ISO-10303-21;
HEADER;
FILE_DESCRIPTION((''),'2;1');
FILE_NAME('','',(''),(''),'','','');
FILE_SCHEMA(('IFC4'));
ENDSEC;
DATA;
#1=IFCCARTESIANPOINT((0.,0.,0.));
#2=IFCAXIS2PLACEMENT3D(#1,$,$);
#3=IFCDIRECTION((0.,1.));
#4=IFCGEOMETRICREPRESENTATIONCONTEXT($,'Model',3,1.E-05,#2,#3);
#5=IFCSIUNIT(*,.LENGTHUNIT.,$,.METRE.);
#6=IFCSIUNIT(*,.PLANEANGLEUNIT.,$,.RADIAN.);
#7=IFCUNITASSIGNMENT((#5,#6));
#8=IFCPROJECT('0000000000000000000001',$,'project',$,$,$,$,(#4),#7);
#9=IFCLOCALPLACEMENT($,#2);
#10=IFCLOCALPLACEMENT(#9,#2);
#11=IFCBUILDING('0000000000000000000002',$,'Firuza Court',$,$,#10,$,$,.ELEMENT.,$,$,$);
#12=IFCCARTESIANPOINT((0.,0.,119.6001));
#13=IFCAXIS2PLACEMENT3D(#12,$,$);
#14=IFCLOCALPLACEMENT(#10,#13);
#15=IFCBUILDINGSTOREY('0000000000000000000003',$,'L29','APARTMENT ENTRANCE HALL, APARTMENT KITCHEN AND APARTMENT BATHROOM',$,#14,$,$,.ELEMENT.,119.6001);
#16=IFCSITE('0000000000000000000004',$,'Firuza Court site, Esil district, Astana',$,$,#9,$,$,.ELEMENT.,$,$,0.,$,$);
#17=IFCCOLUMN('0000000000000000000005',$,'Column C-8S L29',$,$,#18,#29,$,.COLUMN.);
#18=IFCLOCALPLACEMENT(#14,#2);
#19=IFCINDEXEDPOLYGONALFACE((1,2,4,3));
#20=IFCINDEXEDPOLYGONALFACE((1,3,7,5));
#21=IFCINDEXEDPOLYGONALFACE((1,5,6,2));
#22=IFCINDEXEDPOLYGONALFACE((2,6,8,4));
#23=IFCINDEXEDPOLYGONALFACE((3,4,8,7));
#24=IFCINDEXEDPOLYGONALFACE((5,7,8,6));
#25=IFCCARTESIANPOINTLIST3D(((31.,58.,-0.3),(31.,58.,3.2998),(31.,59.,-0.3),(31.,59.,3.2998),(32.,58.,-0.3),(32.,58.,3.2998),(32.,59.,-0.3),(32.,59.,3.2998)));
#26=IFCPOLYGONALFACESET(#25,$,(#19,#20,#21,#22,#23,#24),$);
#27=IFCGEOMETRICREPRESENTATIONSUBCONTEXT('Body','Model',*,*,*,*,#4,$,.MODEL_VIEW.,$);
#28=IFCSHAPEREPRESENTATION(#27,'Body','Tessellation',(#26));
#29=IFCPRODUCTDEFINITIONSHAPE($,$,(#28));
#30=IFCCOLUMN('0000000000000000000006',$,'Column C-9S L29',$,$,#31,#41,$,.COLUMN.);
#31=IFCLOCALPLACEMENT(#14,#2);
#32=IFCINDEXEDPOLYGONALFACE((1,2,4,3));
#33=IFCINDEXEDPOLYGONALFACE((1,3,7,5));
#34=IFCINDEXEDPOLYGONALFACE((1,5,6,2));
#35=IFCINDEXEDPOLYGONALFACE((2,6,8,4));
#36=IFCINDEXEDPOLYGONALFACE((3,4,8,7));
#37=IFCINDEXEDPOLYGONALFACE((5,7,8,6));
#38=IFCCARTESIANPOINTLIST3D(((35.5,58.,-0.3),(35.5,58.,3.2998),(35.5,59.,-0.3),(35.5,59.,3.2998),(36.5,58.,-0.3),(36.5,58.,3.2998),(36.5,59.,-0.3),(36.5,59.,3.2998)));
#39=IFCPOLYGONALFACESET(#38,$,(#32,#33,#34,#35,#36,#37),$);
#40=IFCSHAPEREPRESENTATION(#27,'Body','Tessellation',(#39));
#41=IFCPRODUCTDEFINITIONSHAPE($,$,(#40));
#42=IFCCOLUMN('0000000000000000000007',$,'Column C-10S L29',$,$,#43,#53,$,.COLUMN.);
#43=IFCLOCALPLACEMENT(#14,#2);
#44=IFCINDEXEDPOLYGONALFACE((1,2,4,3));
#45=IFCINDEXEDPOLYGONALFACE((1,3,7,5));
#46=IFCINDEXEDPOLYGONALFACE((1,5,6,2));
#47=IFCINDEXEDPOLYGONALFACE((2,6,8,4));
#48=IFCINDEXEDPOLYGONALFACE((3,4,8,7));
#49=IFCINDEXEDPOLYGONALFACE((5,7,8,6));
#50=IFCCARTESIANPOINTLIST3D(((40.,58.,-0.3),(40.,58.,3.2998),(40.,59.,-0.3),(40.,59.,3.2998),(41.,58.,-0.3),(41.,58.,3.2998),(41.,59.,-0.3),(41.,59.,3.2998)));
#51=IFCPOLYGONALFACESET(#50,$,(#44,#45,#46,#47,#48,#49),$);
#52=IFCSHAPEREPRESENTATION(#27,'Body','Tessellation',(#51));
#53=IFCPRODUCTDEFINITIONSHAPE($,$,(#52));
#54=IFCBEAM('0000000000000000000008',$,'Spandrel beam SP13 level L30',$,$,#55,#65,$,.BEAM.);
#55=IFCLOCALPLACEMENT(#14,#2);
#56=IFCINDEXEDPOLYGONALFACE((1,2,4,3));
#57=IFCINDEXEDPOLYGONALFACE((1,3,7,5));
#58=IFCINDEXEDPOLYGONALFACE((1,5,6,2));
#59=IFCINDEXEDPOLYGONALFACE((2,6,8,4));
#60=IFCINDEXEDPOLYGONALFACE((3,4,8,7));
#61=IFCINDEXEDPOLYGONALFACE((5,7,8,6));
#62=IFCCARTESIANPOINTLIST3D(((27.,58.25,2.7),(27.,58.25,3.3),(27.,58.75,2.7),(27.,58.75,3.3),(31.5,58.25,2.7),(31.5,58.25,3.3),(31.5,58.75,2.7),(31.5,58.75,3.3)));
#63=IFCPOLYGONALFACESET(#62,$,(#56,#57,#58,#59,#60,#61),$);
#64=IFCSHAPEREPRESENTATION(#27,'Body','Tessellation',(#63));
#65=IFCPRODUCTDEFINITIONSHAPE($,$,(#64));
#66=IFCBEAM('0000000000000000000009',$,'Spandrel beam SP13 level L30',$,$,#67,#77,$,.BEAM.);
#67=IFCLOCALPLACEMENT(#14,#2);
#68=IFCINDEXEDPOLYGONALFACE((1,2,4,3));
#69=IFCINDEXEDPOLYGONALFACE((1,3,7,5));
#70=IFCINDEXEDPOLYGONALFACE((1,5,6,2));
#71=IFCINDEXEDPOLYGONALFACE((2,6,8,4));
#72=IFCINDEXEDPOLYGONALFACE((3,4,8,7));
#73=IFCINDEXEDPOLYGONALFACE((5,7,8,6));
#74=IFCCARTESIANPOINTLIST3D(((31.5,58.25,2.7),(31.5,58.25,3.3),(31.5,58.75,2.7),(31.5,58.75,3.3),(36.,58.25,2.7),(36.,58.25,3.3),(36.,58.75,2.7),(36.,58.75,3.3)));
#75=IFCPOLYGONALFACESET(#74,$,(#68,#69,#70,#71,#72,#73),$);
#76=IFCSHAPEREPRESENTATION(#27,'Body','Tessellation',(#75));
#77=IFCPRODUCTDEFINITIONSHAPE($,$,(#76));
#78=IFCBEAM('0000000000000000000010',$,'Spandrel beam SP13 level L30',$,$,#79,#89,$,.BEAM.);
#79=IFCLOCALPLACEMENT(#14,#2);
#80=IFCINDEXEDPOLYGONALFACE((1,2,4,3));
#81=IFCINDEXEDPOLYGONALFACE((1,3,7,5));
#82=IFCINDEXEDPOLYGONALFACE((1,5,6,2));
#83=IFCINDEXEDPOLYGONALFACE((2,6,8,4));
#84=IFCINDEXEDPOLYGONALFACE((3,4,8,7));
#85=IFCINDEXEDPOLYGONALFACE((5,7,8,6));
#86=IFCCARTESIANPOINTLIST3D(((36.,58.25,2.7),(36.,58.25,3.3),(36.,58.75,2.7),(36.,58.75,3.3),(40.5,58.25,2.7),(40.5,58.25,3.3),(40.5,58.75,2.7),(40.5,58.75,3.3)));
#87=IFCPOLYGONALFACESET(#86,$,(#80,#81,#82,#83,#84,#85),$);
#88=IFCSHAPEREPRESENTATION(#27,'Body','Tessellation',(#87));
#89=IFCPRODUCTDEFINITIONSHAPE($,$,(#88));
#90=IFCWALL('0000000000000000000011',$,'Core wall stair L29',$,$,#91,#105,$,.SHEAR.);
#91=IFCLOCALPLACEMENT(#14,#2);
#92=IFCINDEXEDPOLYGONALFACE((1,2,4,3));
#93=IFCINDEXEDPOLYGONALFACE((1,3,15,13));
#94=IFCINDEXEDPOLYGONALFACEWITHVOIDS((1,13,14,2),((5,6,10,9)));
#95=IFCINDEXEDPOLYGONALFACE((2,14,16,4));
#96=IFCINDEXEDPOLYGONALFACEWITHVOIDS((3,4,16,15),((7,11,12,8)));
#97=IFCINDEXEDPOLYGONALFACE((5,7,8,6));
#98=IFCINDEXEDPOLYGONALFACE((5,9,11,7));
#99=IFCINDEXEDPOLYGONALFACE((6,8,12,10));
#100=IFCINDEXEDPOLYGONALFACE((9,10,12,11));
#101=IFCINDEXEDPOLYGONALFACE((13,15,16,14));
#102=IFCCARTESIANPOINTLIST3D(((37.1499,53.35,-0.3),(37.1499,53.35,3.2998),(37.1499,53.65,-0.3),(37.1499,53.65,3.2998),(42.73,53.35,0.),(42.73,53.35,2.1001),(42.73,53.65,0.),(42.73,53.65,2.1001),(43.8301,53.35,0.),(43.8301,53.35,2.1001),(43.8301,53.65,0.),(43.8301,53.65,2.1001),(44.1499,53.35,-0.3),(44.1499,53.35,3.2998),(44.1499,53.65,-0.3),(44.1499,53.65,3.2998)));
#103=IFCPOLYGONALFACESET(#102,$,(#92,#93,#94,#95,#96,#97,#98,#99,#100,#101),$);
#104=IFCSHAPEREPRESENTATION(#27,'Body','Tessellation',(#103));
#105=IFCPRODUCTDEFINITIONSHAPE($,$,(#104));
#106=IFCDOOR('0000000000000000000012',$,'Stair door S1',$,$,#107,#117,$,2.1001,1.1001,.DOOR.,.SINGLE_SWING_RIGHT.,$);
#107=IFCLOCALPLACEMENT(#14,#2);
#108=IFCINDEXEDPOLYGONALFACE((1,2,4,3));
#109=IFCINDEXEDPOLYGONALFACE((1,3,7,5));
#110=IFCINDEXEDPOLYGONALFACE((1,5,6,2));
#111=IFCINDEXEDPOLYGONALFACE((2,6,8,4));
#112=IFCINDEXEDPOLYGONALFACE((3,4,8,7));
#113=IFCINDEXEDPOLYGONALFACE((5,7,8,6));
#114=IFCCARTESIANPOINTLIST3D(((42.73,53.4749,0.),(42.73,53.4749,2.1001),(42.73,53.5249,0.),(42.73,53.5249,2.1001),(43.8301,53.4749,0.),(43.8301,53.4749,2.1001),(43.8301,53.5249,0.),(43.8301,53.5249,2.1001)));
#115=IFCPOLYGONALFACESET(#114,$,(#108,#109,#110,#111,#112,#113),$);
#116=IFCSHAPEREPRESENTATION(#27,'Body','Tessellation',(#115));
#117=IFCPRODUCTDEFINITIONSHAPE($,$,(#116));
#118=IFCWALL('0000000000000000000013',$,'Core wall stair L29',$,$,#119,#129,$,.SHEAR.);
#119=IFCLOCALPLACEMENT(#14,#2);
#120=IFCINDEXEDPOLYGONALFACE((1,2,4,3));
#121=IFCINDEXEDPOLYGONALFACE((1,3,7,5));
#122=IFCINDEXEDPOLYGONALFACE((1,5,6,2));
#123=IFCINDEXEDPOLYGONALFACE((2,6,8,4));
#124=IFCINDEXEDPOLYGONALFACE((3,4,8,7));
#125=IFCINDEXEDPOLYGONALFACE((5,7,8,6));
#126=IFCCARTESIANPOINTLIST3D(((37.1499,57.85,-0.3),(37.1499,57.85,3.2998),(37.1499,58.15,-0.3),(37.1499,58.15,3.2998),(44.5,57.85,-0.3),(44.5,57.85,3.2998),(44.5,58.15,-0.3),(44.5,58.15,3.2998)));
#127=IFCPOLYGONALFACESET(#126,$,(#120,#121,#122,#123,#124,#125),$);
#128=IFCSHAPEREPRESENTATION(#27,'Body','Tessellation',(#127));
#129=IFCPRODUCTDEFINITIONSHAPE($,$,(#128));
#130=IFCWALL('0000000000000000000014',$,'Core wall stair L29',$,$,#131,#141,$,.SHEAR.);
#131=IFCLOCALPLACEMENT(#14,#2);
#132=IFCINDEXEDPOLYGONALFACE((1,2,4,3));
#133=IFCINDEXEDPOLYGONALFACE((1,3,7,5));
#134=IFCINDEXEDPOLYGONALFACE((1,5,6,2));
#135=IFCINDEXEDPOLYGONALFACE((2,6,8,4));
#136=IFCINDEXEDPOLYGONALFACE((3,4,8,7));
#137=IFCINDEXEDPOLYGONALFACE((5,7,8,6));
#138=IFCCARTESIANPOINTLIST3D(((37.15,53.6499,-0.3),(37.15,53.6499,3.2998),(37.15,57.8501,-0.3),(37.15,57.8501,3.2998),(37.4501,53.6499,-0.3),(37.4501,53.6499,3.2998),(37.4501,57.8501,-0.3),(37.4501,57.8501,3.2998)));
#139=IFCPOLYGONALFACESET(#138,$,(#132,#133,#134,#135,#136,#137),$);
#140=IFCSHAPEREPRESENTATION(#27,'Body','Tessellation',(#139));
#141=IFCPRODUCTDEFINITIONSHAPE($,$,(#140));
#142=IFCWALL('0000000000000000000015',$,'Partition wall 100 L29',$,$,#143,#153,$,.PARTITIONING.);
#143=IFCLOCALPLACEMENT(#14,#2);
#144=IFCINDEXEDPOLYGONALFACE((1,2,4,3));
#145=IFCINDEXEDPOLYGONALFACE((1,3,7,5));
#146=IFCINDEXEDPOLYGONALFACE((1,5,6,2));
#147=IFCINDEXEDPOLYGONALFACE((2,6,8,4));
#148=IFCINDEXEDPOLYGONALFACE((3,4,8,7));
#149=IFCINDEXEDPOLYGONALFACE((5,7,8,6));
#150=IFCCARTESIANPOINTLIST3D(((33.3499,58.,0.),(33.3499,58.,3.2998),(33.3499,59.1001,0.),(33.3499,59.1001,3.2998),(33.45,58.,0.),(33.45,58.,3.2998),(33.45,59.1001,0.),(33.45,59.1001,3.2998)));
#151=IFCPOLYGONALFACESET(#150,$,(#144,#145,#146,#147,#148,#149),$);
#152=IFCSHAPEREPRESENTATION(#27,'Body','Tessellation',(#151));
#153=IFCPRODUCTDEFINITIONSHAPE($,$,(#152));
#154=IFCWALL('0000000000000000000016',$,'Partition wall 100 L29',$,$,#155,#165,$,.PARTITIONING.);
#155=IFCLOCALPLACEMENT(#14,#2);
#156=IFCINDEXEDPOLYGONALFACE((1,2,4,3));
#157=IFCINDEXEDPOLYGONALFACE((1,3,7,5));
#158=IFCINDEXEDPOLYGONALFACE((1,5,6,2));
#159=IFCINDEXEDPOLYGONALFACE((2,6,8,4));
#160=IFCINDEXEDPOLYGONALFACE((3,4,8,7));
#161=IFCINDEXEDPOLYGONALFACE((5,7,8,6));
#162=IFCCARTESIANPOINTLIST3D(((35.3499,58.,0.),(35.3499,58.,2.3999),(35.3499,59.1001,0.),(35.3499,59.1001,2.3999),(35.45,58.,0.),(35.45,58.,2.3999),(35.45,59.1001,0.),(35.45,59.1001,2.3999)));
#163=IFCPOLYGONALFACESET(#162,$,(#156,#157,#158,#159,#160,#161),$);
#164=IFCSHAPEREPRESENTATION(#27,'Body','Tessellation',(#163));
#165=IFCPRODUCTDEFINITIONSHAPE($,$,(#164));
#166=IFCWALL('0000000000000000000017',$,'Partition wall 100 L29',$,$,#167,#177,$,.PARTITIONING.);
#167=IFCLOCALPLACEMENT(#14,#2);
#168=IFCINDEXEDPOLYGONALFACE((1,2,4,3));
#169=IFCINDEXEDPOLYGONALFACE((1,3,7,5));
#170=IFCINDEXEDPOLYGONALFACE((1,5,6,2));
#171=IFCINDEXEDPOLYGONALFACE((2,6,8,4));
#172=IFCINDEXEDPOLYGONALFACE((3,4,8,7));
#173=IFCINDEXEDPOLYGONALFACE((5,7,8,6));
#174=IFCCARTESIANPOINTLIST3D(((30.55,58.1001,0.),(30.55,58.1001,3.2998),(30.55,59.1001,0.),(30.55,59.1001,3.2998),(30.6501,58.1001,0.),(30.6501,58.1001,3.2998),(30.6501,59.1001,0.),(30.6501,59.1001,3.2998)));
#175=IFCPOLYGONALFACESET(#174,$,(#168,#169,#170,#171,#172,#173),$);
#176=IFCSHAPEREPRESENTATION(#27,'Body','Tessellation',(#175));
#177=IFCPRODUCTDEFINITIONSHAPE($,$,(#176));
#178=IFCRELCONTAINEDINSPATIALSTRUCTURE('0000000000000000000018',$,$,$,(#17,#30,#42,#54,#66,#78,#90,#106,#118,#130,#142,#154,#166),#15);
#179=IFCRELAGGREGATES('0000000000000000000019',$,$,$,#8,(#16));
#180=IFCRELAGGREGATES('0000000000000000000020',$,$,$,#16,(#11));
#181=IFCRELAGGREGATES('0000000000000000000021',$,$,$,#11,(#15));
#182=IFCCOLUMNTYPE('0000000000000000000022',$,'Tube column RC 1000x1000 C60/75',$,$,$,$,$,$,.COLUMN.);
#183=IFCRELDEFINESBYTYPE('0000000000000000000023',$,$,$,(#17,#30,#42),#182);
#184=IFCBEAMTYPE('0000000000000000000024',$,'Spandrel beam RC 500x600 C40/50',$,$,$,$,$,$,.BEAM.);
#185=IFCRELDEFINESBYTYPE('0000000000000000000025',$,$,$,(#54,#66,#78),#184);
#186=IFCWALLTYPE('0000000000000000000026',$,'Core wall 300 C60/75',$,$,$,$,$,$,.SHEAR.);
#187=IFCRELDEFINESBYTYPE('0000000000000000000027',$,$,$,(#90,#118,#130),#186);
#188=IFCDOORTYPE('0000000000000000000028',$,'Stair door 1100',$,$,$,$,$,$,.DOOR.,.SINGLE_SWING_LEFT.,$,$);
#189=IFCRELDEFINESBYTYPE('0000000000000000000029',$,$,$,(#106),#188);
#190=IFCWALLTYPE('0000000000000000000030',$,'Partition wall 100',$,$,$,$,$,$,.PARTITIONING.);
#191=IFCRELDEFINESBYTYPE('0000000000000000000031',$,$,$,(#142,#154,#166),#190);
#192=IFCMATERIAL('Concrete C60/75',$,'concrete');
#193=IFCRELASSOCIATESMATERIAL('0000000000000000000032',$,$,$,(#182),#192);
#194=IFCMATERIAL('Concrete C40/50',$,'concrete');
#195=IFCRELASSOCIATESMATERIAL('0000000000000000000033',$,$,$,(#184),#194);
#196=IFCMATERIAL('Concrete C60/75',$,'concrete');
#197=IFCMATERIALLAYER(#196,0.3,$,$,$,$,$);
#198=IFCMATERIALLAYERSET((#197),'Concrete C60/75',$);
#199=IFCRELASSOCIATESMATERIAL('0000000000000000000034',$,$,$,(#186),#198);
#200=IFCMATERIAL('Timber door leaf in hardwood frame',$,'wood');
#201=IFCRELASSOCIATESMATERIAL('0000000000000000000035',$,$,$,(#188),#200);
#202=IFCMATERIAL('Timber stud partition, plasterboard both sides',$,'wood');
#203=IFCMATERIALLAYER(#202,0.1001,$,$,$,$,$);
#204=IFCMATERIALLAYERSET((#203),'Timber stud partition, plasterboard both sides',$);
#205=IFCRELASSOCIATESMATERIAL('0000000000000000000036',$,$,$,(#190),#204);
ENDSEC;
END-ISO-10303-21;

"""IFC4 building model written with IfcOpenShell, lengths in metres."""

from ifc_helpers import new_model, si_unit, direction, frame, frame_2d, origin, origin_2d, place, context, subcontext, project, spatial, rectangle, extrude, material, layer, layer_set, material_profile, profile_set, type_object, element, fill, save


model = new_model("IFC4")

# Units and contexts
model_context = context("Model", 3, precision=1e-05, world=origin(), true_north=direction((0.0, 1.0)))
body_context = subcontext(model_context, "Body", "Model", "MODEL_VIEW")
ifc_project = project(units=[si_unit("LENGTHUNIT", "METRE"), si_unit("PLANEANGLEUNIT", "RADIAN")], contexts=[model_context])

# Site, building, storey
site_placement = place(None, origin())
site = spatial("IfcSite", under=ifc_project, at=site_placement, Name="Firuza Court site, Esil district, Astana", CompositionType="ELEMENT", RefElevation=0.0)
building_placement = place(site_placement, origin())
building = spatial("IfcBuilding", under=site, at=building_placement, Name="Firuza Court", CompositionType="ELEMENT")
storey_placement = place(building_placement, frame((0.0, 0.0, 119.6001)))
storey = spatial("IfcBuildingStorey", under=building, at=storey_placement, Name="L29", Description="APARTMENT ENTRANCE HALL, APARTMENT KITCHEN AND APARTMENT BATHROOM", CompositionType="ELEMENT", Elevation=119.6001)

# Columns
ifc_material_1 = material(Name="Concrete C60/75", Category="concrete")
ifc_material_profile_1 = material_profile(ifc_material_1, rectangle(XDim=1.0, YDim=1.0, at=origin_2d()), Name="RC 1000x1000")
ifc_profile_set_1 = profile_set([ifc_material_profile_1], Name="Concrete C60/75")
column_type = type_object("IfcColumnType", Name="Tube column RC 1000x1000 C60/75", PredefinedType="COLUMN", material=ifc_profile_set_1)
for number, where, z_axis, x_axis, name in (
    (1, (31.5, 58.5, -0.3), (0.0, 0.0, 1.0), (1.0, 0.0, 0.0), "Column C-8S L29"),
    (2, (36.0, 58.5, -0.3), (0.0, 0.0, 1.0), (1.0, 0.0, 0.0), "Column C-9S L29"),
    (3, (40.5, 58.5, -0.3), (0.0, 0.0, 1.0), (1.0, 0.0, 0.0), "Column C-10S L29"),
):
    element("IfcColumn", number, at=place(storey_placement, frame(where, z_axis=z_axis, x_axis=x_axis)), inside=storey, type_object=column_type, Name=name, PredefinedType="COLUMN", context=body_context, shape_type="SweptSolid", body=[
        extrude(rectangle(XDim=1.0, YDim=1.0, at=origin_2d()), origin(), (0.0, 0.0, 1.0), 3.5999),
    ])

# Beams
ifc_material_2 = material(Name="Concrete C40/50", Category="concrete")
ifc_material_profile_2 = material_profile(ifc_material_2, rectangle(XDim=0.5, YDim=0.6001, at=origin_2d()), Name="RC 500x600")
ifc_profile_set_2 = profile_set([ifc_material_profile_2], Name="Concrete C40/50")
beam_type = type_object("IfcBeamType", Name="Spandrel beam RC 500x600 C40/50", PredefinedType="BEAM", material=ifc_profile_set_2)
for number, where, z_axis, x_axis, name in (
    (4, (31.5, 58.5, 3.0), (-1.0, 0.0, 0.0), (0.0, -1.0, 0.0), "Spandrel beam SP13 level L30"),
    (5, (36.0, 58.5, 3.0), (-1.0, 0.0, 0.0), (0.0, -1.0, 0.0), "Spandrel beam SP13 level L30"),
    (6, (40.5, 58.5, 3.0), (-1.0, 0.0, 0.0), (0.0, -1.0, 0.0), "Spandrel beam SP13 level L30"),
):
    element("IfcBeam", number, at=place(storey_placement, frame(where, z_axis=z_axis, x_axis=x_axis)), inside=storey, type_object=beam_type, Name=name, PredefinedType="BEAM", context=body_context, shape_type="SweptSolid", body=[
        extrude(rectangle(XDim=0.5, YDim=0.6001, at=origin_2d()), origin(), (0.0, 0.0, 1.0), 4.5),
    ])

# Wall, opening, door
ifc_material_3 = material(Name="Concrete C60/75", Category="concrete")
ifc_layer_1 = layer(ifc_material_3, 0.3)
ifc_layer_set_1 = layer_set([ifc_layer_1], Name="Concrete C60/75")
wall_type_1 = type_object("IfcWallType", Name="Core wall 300 C60/75", PredefinedType="SHEAR", material=ifc_layer_set_1)
wall_1_placement = place(storey_placement, frame((37.1499, 53.5, -0.3), z_axis=(0.0, 0.0, 1.0), x_axis=(1.0, 0.0, 0.0)))
wall_1 = element("IfcWall", 7, at=wall_1_placement, inside=storey, type_object=wall_type_1, Name="Core wall stair L29", PredefinedType="SHEAR", context=body_context, shape_type="SweptSolid", body=[
    extrude(rectangle(XDim=7.0, YDim=0.3, at=frame_2d((3.5, 0.0))), origin(), (0.0, 0.0, 1.0), 3.5999),
])
opening_1_placement = place(wall_1_placement, frame((5.5801, 0.0, 0.3)))
opening_1 = element("IfcOpeningElement", 8, at=opening_1_placement, cuts=wall_1, PredefinedType="OPENING", context=body_context, shape_type="SweptSolid", body=[
    extrude(rectangle(XDim=1.1001, YDim=2.1001, at=frame_2d((0.55, 1.05))), frame((0.0, 0.1621, 0.0), z_axis=(0.0, -1.0, 0.0), x_axis=(1.0, 0.0, 0.0)), (0.0, 0.0, 1.0), 0.324),
])
ifc_material_4 = material(Name="Timber door leaf in hardwood frame", Category="wood")
door_type_1 = type_object("IfcDoorType", Name="Stair door 1100", OperationType="SINGLE_SWING_LEFT", PredefinedType="DOOR", material=ifc_material_4)
door_1_placement = place(opening_1_placement, origin())
door_1 = element("IfcDoor", 9, at=door_1_placement, inside=storey, type_object=door_type_1, Name="Stair door S1", OperationType="SINGLE_SWING_RIGHT", OverallHeight=2.1001, OverallWidth=1.1001, PredefinedType="DOOR", context=body_context, shape_type="SweptSolid", body=[
    extrude(rectangle(XDim=1.1001, YDim=2.1001, at=frame_2d((0.55, 1.05))), frame((0.0, 0.0249, 0.0), z_axis=(0.0, -1.0, 0.0), x_axis=(1.0, 0.0, 0.0)), (0.0, 0.0, 1.0), 0.05),
])
fill(opening_1, door_1)

# Walls
wall_2_placement = place(storey_placement, frame((37.1499, 58.0, -0.3), z_axis=(0.0, 0.0, 1.0), x_axis=(1.0, 0.0, 0.0)))
element("IfcWall", 10, at=wall_2_placement, inside=storey, type_object=wall_type_1, Name="Core wall stair L29", PredefinedType="SHEAR", context=body_context, shape_type="SweptSolid", body=[
    extrude(rectangle(XDim=7.3501, YDim=0.3, at=frame_2d((3.675, 0.0))), origin(), (0.0, 0.0, 1.0), 3.5999),
])
wall_3_placement = place(storey_placement, frame((37.3, 53.6499, -0.3), z_axis=(0.0, 0.0, 1.0), x_axis=(0.0, 1.0, 0.0)))
element("IfcWall", 11, at=wall_3_placement, inside=storey, type_object=wall_type_1, Name="Core wall stair L29", PredefinedType="SHEAR", context=body_context, shape_type="SweptSolid", body=[
    extrude(rectangle(XDim=4.2002, YDim=0.3, at=frame_2d((2.1001, 0.0))), origin(), (0.0, 0.0, 1.0), 3.5999),
])
ifc_material_5 = material(Name="Timber stud partition, plasterboard both sides", Category="wood")
ifc_layer_2 = layer(ifc_material_5, 0.1001)
ifc_layer_set_2 = layer_set([ifc_layer_2], Name="Timber stud partition, plasterboard both sides")
wall_type_2 = type_object("IfcWallType", Name="Partition wall 100", PredefinedType="PARTITIONING", material=ifc_layer_set_2)
wall_4_placement = place(storey_placement, frame((33.3999, 58.0, 0.0), z_axis=(0.0, 0.0, 1.0), x_axis=(0.0, 1.0, 0.0)))
element("IfcWall", 12, at=wall_4_placement, inside=storey, type_object=wall_type_2, Name="Partition wall 100 L29", PredefinedType="PARTITIONING", context=body_context, shape_type="SweptSolid", body=[
    extrude(rectangle(XDim=1.1001, YDim=0.1001, at=frame_2d((0.55, 0.0))), origin(), (0.0, 0.0, 1.0), 3.2998),
])
wall_5_placement = place(storey_placement, frame((35.3999, 58.0, 0.0), z_axis=(0.0, 0.0, 1.0), x_axis=(0.0, 1.0, 0.0)))
element("IfcWall", 13, at=wall_5_placement, inside=storey, type_object=wall_type_2, Name="Partition wall 100 L29", PredefinedType="PARTITIONING", context=body_context, shape_type="SweptSolid", body=[
    extrude(rectangle(XDim=1.1001, YDim=0.1001, at=frame_2d((0.55, 0.0))), origin(), (0.0, 0.0, 1.0), 2.3999),
])
wall_6_placement = place(storey_placement, frame((30.6001, 58.1001, 0.0), z_axis=(0.0, 0.0, 1.0), x_axis=(0.0, 1.0, 0.0)))
element("IfcWall", 14, at=wall_6_placement, inside=storey, type_object=wall_type_2, Name="Partition wall 100 L29", PredefinedType="PARTITIONING", context=body_context, shape_type="SweptSolid", body=[
    extrude(rectangle(XDim=1.0, YDim=0.1001, at=frame_2d((0.5, 0.0))), origin(), (0.0, 0.0, 1.0), 3.2998),
])

save(model, "model.ifc")
